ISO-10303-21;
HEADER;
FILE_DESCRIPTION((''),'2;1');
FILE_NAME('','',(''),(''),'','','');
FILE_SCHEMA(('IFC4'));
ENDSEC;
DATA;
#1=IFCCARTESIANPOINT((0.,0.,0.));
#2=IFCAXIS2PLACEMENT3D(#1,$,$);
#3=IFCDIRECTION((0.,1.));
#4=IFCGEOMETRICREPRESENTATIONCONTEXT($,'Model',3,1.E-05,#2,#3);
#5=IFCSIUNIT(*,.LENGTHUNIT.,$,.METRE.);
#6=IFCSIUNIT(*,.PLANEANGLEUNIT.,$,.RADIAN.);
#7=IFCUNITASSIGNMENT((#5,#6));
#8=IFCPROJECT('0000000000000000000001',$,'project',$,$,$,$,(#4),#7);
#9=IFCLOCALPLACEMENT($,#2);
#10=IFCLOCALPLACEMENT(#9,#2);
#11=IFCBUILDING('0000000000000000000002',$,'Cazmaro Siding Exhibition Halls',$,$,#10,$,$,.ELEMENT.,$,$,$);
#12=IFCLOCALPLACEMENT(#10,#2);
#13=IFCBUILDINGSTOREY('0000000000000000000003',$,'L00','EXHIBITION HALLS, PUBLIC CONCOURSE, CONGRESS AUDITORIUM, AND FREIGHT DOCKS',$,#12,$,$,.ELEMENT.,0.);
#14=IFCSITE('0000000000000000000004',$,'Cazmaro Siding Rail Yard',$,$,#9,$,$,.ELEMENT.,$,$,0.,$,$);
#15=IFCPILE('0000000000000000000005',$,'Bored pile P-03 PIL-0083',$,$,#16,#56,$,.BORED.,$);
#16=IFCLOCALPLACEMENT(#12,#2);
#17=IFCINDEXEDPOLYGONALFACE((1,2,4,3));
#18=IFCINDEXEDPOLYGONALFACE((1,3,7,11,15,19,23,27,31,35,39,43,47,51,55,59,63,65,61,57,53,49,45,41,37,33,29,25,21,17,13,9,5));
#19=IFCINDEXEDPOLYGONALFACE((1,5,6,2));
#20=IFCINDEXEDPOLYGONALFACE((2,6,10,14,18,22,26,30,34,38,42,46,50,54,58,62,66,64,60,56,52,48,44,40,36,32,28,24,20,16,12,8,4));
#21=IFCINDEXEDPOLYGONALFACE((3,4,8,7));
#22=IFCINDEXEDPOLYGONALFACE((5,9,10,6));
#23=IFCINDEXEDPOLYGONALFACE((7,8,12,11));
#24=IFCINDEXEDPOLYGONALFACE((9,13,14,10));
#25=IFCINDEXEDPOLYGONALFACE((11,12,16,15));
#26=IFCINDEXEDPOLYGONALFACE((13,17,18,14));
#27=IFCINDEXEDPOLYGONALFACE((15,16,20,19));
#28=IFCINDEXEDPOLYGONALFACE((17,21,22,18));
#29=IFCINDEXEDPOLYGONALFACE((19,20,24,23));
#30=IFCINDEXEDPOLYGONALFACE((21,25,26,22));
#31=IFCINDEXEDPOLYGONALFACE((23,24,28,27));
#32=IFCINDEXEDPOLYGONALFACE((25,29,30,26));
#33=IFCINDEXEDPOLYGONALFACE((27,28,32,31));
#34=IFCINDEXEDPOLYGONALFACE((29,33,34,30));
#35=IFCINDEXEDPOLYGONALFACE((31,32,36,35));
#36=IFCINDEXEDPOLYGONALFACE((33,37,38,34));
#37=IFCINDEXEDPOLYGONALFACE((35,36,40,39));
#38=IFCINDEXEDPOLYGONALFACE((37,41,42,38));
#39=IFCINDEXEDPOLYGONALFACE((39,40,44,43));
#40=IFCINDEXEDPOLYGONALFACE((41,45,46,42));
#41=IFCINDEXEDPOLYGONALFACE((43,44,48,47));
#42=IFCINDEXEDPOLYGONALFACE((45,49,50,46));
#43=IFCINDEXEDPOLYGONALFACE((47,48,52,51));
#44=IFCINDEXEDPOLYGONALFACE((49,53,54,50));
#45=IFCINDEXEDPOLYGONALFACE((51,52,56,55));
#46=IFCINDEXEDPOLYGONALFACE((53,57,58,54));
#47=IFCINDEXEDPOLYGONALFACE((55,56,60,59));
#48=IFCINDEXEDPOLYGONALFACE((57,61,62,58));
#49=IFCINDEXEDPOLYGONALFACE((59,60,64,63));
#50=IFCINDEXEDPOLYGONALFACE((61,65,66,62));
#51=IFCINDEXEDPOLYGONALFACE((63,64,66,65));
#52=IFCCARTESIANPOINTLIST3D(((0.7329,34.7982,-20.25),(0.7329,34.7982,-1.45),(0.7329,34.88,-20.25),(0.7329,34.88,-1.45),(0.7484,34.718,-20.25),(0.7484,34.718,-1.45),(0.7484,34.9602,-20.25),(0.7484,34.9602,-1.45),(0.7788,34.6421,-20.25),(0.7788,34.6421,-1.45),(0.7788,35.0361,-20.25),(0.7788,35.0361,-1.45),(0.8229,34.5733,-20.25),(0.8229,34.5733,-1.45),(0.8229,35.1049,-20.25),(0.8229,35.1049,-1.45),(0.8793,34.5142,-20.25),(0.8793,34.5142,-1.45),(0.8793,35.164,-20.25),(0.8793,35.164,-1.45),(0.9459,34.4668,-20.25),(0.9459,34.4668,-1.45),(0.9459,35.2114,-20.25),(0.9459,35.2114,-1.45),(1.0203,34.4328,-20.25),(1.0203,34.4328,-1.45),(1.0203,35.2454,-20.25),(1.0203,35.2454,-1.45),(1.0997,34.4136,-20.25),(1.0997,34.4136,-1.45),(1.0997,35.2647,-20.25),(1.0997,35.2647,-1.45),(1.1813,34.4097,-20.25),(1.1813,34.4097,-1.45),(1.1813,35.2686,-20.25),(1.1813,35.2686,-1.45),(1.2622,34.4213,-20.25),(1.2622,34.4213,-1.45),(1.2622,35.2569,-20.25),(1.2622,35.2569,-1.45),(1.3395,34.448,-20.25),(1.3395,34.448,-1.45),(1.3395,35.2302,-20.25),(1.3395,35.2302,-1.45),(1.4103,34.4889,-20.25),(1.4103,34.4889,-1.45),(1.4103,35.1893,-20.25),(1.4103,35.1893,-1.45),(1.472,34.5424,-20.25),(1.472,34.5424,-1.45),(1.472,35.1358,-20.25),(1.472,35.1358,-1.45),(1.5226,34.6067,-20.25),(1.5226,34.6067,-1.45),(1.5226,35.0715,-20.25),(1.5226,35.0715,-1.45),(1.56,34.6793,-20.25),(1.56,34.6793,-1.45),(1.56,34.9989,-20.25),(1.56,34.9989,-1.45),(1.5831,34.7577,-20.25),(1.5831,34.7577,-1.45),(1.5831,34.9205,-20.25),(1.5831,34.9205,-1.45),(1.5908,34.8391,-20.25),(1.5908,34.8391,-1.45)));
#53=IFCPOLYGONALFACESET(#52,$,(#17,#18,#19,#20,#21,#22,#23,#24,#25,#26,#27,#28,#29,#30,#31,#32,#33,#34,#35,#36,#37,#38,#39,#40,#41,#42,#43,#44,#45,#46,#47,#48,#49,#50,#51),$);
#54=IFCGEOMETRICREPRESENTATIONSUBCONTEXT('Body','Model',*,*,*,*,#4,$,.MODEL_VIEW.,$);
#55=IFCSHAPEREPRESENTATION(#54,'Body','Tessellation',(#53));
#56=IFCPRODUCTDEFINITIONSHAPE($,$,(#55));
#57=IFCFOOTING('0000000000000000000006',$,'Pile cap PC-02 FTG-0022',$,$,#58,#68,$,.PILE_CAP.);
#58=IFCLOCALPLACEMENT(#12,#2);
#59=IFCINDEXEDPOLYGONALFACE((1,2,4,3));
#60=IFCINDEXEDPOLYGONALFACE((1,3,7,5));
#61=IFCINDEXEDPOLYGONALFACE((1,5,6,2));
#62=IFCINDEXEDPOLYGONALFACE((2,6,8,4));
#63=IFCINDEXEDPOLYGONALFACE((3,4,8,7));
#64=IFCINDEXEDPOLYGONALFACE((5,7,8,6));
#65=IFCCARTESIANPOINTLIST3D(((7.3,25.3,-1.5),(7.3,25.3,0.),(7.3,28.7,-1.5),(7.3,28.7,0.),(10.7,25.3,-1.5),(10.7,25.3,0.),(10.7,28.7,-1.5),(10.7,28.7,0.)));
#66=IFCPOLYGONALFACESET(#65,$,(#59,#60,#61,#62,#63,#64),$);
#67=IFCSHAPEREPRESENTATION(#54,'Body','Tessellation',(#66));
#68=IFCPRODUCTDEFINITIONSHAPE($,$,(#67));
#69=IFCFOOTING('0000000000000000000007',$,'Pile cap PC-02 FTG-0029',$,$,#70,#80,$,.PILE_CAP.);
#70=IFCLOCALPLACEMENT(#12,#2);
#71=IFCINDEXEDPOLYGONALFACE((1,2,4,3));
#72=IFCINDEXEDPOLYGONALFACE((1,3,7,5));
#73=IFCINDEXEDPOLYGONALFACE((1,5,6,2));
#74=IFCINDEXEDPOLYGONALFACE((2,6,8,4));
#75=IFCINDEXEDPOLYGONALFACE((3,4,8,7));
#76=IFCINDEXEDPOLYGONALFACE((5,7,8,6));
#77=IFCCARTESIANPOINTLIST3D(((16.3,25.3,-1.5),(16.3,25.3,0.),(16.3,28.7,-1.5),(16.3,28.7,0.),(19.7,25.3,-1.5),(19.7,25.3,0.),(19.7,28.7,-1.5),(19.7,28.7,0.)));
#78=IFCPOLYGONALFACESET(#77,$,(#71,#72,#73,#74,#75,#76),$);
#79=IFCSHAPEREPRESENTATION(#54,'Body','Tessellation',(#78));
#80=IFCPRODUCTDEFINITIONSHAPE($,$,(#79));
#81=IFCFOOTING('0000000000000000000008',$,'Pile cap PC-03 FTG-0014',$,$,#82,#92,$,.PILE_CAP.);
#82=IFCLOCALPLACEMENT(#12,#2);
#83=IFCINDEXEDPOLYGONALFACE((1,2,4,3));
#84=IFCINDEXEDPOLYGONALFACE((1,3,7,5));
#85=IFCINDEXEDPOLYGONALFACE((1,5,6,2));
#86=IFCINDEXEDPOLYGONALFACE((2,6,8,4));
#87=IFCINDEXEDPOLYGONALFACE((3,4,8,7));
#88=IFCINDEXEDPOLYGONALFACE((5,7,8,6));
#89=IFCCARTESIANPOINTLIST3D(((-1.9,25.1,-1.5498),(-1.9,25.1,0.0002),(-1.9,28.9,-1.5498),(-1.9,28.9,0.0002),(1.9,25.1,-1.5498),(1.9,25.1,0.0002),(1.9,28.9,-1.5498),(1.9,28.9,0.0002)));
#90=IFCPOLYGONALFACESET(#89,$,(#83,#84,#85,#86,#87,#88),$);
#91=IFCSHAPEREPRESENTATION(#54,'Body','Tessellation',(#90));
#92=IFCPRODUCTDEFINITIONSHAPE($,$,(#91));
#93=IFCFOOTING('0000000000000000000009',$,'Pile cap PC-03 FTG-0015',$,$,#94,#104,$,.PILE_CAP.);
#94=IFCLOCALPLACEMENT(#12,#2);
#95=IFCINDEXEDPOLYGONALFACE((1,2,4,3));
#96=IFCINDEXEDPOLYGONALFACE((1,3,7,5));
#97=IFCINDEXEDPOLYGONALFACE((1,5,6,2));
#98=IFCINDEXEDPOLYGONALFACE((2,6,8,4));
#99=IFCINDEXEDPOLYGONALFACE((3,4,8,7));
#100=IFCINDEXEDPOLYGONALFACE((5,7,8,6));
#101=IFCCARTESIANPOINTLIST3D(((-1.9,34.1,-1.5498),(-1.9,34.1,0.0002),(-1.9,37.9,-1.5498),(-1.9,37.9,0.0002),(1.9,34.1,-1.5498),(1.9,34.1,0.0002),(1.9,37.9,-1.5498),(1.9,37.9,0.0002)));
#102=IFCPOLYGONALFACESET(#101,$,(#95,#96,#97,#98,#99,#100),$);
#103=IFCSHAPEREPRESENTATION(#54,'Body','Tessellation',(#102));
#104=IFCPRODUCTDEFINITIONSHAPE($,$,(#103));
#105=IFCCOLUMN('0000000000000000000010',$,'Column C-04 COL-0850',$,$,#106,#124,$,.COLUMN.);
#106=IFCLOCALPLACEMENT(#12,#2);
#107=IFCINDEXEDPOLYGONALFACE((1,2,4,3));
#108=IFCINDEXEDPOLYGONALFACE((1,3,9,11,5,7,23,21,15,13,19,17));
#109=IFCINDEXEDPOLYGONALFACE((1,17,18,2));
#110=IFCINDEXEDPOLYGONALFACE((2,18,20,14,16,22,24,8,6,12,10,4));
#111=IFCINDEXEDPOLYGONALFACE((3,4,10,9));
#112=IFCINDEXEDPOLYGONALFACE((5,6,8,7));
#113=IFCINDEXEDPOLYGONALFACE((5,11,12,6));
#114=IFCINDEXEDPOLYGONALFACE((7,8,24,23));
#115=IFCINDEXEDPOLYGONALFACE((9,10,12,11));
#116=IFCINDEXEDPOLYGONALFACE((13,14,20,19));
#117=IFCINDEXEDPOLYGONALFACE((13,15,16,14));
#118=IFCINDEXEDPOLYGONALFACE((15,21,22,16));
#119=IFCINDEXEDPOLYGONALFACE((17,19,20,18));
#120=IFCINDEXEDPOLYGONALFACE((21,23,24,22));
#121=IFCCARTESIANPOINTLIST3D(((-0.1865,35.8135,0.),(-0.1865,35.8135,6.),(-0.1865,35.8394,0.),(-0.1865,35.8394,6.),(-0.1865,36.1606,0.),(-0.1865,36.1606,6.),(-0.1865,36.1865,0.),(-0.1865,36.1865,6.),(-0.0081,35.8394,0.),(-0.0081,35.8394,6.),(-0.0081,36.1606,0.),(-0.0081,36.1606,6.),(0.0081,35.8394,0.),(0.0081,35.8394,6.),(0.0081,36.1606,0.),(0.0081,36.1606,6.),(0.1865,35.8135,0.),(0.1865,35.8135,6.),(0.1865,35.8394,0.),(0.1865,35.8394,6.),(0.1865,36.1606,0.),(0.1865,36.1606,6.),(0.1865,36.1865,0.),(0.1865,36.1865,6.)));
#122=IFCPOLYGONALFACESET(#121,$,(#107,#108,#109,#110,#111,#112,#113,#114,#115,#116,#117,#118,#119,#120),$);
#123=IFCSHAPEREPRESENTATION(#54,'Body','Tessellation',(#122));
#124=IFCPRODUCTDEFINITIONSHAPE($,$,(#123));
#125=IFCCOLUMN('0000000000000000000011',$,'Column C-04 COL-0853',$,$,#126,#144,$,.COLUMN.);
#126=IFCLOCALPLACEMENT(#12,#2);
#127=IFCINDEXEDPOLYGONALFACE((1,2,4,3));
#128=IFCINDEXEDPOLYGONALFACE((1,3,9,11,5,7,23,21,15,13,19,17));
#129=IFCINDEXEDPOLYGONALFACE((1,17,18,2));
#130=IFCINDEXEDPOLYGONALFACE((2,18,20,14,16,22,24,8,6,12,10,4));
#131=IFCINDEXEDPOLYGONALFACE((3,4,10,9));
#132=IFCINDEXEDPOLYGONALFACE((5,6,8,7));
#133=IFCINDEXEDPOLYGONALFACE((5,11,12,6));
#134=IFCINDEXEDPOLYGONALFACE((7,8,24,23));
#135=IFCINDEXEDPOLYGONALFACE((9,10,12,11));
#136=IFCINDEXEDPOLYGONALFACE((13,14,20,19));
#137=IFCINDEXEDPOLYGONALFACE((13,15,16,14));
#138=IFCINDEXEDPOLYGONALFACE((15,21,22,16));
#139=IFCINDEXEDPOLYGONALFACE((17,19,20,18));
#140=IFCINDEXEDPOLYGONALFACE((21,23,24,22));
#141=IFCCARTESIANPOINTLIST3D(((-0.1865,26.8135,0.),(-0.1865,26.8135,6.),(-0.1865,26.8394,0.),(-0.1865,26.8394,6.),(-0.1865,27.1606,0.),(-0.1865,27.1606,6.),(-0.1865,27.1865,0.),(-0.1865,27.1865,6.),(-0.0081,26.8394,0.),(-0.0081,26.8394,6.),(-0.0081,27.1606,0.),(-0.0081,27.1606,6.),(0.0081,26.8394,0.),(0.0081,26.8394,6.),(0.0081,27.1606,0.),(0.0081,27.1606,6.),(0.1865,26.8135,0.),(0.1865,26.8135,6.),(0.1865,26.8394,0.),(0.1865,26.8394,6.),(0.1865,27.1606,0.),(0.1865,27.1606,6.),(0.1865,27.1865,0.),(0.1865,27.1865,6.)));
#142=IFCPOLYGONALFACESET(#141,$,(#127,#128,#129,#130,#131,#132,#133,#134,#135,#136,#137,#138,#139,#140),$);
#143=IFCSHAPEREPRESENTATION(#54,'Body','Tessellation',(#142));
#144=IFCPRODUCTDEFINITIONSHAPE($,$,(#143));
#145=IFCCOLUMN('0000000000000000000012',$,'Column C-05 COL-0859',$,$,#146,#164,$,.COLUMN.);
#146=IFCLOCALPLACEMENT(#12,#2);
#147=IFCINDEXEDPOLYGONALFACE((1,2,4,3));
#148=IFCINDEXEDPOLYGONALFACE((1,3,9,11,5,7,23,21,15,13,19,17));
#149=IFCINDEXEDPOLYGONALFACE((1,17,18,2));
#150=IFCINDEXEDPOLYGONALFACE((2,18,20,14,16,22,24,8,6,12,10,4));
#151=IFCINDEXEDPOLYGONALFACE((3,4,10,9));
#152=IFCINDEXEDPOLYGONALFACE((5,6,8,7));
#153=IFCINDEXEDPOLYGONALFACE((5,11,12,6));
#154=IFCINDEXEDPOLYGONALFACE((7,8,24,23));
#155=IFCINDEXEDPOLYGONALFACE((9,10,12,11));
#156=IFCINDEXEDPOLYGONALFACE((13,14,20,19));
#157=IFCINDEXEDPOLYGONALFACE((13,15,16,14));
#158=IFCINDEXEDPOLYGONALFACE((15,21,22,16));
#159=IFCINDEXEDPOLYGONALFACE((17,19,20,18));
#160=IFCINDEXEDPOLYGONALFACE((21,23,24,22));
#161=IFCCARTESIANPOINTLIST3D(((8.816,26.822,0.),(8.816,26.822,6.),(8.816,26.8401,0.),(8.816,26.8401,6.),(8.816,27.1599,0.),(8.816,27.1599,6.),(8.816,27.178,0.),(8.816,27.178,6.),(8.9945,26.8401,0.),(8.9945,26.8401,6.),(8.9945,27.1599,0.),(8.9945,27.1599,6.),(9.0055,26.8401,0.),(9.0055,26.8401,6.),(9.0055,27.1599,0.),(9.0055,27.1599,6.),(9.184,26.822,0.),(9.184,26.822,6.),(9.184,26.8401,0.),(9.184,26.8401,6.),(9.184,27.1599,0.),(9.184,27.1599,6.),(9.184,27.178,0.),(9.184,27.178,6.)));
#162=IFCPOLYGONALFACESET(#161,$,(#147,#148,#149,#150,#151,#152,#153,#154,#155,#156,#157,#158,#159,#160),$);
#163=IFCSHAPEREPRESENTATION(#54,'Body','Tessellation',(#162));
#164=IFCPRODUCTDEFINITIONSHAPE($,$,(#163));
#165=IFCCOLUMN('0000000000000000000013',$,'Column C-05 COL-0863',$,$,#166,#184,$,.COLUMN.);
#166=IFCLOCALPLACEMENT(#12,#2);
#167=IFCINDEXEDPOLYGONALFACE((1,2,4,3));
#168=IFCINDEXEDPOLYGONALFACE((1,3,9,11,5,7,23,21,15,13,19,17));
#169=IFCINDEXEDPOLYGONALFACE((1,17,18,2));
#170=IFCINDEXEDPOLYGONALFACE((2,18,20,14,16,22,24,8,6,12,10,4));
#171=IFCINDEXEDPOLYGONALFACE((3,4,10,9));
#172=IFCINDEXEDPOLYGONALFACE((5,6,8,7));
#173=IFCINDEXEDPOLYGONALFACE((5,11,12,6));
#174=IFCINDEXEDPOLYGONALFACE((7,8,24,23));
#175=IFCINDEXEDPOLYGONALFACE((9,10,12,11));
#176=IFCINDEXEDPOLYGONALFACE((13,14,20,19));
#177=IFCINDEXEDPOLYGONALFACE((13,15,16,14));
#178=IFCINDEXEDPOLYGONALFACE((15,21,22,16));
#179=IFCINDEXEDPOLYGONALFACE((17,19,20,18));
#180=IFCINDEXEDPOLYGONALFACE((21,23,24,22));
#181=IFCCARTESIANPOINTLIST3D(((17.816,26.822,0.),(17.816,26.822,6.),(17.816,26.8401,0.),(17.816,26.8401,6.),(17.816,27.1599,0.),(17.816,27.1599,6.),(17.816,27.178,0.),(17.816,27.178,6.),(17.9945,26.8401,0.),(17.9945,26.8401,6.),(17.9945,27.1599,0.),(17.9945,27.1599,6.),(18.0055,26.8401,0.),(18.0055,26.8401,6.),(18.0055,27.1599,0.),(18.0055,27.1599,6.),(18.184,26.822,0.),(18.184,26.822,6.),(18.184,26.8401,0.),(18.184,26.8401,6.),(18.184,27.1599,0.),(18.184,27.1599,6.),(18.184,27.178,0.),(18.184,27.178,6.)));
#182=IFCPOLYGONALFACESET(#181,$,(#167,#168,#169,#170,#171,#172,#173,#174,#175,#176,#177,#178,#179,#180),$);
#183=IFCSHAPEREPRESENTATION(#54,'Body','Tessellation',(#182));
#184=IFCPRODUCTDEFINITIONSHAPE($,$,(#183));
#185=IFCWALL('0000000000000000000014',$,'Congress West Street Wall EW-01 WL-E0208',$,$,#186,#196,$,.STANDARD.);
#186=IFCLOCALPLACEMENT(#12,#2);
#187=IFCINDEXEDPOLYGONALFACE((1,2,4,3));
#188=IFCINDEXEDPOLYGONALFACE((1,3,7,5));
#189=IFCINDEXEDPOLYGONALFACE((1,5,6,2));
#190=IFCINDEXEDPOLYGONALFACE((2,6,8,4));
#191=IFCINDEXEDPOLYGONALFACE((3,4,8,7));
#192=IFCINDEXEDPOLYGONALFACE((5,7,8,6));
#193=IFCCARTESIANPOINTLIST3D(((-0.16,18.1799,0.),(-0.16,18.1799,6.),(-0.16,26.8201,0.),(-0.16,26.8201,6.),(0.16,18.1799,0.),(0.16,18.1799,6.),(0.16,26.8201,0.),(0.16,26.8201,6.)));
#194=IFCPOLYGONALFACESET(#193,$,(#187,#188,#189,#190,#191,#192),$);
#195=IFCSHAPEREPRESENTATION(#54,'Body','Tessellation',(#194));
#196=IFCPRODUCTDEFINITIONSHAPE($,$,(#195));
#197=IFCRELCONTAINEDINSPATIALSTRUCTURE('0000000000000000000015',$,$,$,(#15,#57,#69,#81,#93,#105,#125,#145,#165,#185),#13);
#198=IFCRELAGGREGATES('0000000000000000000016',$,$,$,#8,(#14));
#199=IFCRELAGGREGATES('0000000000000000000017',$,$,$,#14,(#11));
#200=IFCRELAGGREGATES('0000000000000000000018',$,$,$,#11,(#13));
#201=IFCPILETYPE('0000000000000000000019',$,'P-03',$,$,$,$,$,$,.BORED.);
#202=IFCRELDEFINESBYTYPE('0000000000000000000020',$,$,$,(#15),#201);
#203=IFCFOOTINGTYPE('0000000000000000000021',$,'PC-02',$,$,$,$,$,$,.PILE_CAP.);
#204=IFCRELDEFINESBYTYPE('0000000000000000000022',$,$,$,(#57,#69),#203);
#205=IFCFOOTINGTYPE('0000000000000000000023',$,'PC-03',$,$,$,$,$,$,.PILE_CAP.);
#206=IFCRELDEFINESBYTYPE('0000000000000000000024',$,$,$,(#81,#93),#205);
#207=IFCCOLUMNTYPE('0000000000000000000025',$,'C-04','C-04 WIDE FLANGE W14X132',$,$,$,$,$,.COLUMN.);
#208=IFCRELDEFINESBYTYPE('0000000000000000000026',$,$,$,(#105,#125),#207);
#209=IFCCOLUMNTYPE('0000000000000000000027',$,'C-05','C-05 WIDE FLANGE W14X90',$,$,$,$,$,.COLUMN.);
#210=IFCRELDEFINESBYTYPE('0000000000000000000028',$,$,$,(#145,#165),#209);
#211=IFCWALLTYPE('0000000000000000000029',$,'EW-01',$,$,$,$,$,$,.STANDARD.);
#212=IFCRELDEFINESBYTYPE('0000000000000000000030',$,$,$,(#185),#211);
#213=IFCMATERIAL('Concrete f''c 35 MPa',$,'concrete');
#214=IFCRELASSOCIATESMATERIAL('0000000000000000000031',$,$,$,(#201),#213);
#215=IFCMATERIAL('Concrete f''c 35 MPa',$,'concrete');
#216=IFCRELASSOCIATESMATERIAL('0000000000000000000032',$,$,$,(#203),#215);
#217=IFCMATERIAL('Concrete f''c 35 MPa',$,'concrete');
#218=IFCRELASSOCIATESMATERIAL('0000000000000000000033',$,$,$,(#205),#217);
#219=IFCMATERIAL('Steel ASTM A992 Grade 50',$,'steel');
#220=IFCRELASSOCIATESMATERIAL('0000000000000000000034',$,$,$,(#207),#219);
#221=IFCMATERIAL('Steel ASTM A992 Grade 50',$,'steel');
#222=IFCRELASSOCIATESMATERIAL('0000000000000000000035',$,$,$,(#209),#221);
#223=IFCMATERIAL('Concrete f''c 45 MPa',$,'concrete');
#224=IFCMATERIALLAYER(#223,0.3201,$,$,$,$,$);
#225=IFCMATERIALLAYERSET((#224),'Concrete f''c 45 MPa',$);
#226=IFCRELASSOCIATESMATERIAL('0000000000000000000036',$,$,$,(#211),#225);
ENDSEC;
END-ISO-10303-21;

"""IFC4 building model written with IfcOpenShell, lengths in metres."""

from ifc_helpers import new_model, si_unit, direction, frame, frame_2d, origin, origin_2d, place, context, subcontext, project, spatial, rectangle, circle, i_section, extrude, material, layer, layer_set, material_profile, profile_set, type_object, element, save


model = new_model("IFC4")

# Units and contexts
model_context = context("Model", 3, precision=1e-05, world=origin(), true_north=direction((0.0, 1.0)))
body_context = subcontext(model_context, "Body", "Model", "MODEL_VIEW")
ifc_project = project(units=[si_unit("LENGTHUNIT", "METRE"), si_unit("PLANEANGLEUNIT", "RADIAN")], contexts=[model_context])

# Site, building, storey
site_placement = place(None, origin())
site = spatial("IfcSite", under=ifc_project, at=site_placement, Name="Cazmaro Siding Rail Yard", CompositionType="ELEMENT", RefElevation=0.0)
building_placement = place(site_placement, origin())
building = spatial("IfcBuilding", under=site, at=building_placement, Name="Cazmaro Siding Exhibition Halls", CompositionType="ELEMENT")
storey_placement = place(building_placement, origin())
storey = spatial("IfcBuildingStorey", under=building, at=storey_placement, Name="L00", Description="EXHIBITION HALLS, PUBLIC CONCOURSE, CONGRESS AUDITORIUM, AND FREIGHT DOCKS", CompositionType="ELEMENT", Elevation=0.0)

# Pile
ifc_material_1 = material(Name="Concrete f'c 35 MPa", Category="concrete")
ifc_material_profile_1 = material_profile(ifc_material_1, circle(Radius=0.4299, at=origin_2d()), Name="CIDH-860")
ifc_profile_set_1 = profile_set([ifc_material_profile_1], Name="Concrete f'c 35 MPa")
pile_type_1 = type_object("IfcPileType", Name="P-03", PredefinedType="BORED", material=ifc_profile_set_1)
for number, where, z_axis, x_axis, name in (
    (1, (1.1609, 34.8391, -1.45), (0.0, 0.0, -1.0), (1.0, 0.0, 0.0), "Bored pile P-03 PIL-0083"),
):
    element("IfcPile", number, at=place(storey_placement, frame(where, z_axis=z_axis, x_axis=x_axis)), inside=storey, type_object=pile_type_1, Name=name, PredefinedType="BORED", context=body_context, shape_type="SweptSolid", body=[
        extrude(circle(Radius=0.4299, at=origin_2d()), origin(), (0.0, 0.0, 1.0), 18.8),
    ])

# Footings
ifc_material_2 = material(Name="Concrete f'c 35 MPa", Category="concrete")
footing_type_1 = type_object("IfcFootingType", Name="PC-02", PredefinedType="PILE_CAP", material=ifc_material_2)
for number, where, z_axis, x_axis, name in (
    (2, (9.0, 27.0, -1.5), (0.0, 0.0, 1.0), (1.0, 0.0, 0.0), "Pile cap PC-02 FTG-0022"),
    (3, (18.0, 27.0, -1.5), (0.0, 0.0, 1.0), (1.0, 0.0, 0.0), "Pile cap PC-02 FTG-0029"),
):
    element("IfcFooting", number, at=place(storey_placement, frame(where, z_axis=z_axis, x_axis=x_axis)), inside=storey, type_object=footing_type_1, Name=name, PredefinedType="PILE_CAP", context=body_context, shape_type="SweptSolid", body=[
        extrude(rectangle(XDim=3.3999, YDim=3.3999, at=origin_2d()), origin(), (0.0, 0.0, 1.0), 1.5),
    ])
ifc_material_3 = material(Name="Concrete f'c 35 MPa", Category="concrete")
footing_type_2 = type_object("IfcFootingType", Name="PC-03", PredefinedType="PILE_CAP", material=ifc_material_3)
for number, where, z_axis, x_axis, name in (
    (4, (0.0, 27.0, -1.5498), (0.0, 0.0, 1.0), (1.0, 0.0, 0.0), "Pile cap PC-03 FTG-0014"),
    (5, (0.0, 36.0, -1.5498), (0.0, 0.0, 1.0), (1.0, 0.0, 0.0), "Pile cap PC-03 FTG-0015"),
):
    element("IfcFooting", number, at=place(storey_placement, frame(where, z_axis=z_axis, x_axis=x_axis)), inside=storey, type_object=footing_type_2, Name=name, PredefinedType="PILE_CAP", context=body_context, shape_type="SweptSolid", body=[
        extrude(rectangle(XDim=3.8, YDim=3.8, at=origin_2d()), origin(), (0.0, 0.0, 1.0), 1.55),
    ])

# Columns
ifc_material_4 = material(Name="Steel ASTM A992 Grade 50", Category="steel")
ifc_material_profile_2 = material_profile(ifc_material_4, i_section(OverallWidth=0.373, OverallDepth=0.373, WebThickness=0.0161, FlangeThickness=0.0259, at=origin_2d()), Name="W14X132")
ifc_profile_set_2 = profile_set([ifc_material_profile_2], Name="Steel ASTM A992 Grade 50")
column_type_1 = type_object("IfcColumnType", Name="C-04", Description="C-04 WIDE FLANGE W14X132", PredefinedType="COLUMN", material=ifc_profile_set_2)
for number, where, z_axis, x_axis, name in (
    (6, (0.0, 36.0, 0.0), (0.0, 0.0, 1.0), (1.0, 0.0, 0.0), "Column C-04 COL-0850"),
    (7, (0.0, 27.0, 0.0), (0.0, 0.0, 1.0), (1.0, 0.0, 0.0), "Column C-04 COL-0853"),
):
    element("IfcColumn", number, at=place(storey_placement, frame(where, z_axis=z_axis, x_axis=x_axis)), inside=storey, type_object=column_type_1, Name=name, PredefinedType="COLUMN", context=body_context, shape_type="SweptSolid", body=[
        extrude(i_section(OverallWidth=0.373, OverallDepth=0.373, WebThickness=0.0161, FlangeThickness=0.0259, at=origin_2d()), origin(), (0.0, 0.0, 1.0), 6.0),
    ])
ifc_material_5 = material(Name="Steel ASTM A992 Grade 50", Category="steel")
ifc_material_profile_3 = material_profile(ifc_material_5, i_section(OverallWidth=0.3679, OverallDepth=0.356, WebThickness=0.011, FlangeThickness=0.0181, at=origin_2d()), Name="W14X90")
ifc_profile_set_3 = profile_set([ifc_material_profile_3], Name="Steel ASTM A992 Grade 50")
column_type_2 = type_object("IfcColumnType", Name="C-05", Description="C-05 WIDE FLANGE W14X90", PredefinedType="COLUMN", material=ifc_profile_set_3)
for number, where, z_axis, x_axis, name in (
    (8, (9.0, 27.0, 0.0), (0.0, 0.0, 1.0), (1.0, 0.0, 0.0), "Column C-05 COL-0859"),
    (9, (18.0, 27.0, 0.0), (0.0, 0.0, 1.0), (1.0, 0.0, 0.0), "Column C-05 COL-0863"),
):
    element("IfcColumn", number, at=place(storey_placement, frame(where, z_axis=z_axis, x_axis=x_axis)), inside=storey, type_object=column_type_2, Name=name, PredefinedType="COLUMN", context=body_context, shape_type="SweptSolid", body=[
        extrude(i_section(OverallWidth=0.3679, OverallDepth=0.356, WebThickness=0.011, FlangeThickness=0.0181, at=origin_2d()), origin(), (0.0, 0.0, 1.0), 6.0),
    ])

# Wall
ifc_material_6 = material(Name="Concrete f'c 45 MPa", Category="concrete")
ifc_layer_1 = layer(ifc_material_6, 0.3201)
ifc_layer_set_1 = layer_set([ifc_layer_1], Name="Concrete f'c 45 MPa")
wall_type_1 = type_object("IfcWallType", Name="EW-01", PredefinedType="STANDARD", material=ifc_layer_set_1)
wall_1_placement = place(storey_placement, frame((0.0, 18.1799, 0.0), z_axis=(0.0, 0.0, 1.0), x_axis=(0.0, 1.0, 0.0)))
element("IfcWall", 10, at=wall_1_placement, inside=storey, type_object=wall_type_1, Name="Congress West Street Wall EW-01 WL-E0208", PredefinedType="STANDARD", context=body_context, shape_type="SweptSolid", body=[
    extrude(rectangle(XDim=8.6401, YDim=0.3201, at=frame_2d((4.3201, 0.0))), origin(), (0.0, 0.0, 1.0), 6.0),
])

save(model, "model.ifc")
